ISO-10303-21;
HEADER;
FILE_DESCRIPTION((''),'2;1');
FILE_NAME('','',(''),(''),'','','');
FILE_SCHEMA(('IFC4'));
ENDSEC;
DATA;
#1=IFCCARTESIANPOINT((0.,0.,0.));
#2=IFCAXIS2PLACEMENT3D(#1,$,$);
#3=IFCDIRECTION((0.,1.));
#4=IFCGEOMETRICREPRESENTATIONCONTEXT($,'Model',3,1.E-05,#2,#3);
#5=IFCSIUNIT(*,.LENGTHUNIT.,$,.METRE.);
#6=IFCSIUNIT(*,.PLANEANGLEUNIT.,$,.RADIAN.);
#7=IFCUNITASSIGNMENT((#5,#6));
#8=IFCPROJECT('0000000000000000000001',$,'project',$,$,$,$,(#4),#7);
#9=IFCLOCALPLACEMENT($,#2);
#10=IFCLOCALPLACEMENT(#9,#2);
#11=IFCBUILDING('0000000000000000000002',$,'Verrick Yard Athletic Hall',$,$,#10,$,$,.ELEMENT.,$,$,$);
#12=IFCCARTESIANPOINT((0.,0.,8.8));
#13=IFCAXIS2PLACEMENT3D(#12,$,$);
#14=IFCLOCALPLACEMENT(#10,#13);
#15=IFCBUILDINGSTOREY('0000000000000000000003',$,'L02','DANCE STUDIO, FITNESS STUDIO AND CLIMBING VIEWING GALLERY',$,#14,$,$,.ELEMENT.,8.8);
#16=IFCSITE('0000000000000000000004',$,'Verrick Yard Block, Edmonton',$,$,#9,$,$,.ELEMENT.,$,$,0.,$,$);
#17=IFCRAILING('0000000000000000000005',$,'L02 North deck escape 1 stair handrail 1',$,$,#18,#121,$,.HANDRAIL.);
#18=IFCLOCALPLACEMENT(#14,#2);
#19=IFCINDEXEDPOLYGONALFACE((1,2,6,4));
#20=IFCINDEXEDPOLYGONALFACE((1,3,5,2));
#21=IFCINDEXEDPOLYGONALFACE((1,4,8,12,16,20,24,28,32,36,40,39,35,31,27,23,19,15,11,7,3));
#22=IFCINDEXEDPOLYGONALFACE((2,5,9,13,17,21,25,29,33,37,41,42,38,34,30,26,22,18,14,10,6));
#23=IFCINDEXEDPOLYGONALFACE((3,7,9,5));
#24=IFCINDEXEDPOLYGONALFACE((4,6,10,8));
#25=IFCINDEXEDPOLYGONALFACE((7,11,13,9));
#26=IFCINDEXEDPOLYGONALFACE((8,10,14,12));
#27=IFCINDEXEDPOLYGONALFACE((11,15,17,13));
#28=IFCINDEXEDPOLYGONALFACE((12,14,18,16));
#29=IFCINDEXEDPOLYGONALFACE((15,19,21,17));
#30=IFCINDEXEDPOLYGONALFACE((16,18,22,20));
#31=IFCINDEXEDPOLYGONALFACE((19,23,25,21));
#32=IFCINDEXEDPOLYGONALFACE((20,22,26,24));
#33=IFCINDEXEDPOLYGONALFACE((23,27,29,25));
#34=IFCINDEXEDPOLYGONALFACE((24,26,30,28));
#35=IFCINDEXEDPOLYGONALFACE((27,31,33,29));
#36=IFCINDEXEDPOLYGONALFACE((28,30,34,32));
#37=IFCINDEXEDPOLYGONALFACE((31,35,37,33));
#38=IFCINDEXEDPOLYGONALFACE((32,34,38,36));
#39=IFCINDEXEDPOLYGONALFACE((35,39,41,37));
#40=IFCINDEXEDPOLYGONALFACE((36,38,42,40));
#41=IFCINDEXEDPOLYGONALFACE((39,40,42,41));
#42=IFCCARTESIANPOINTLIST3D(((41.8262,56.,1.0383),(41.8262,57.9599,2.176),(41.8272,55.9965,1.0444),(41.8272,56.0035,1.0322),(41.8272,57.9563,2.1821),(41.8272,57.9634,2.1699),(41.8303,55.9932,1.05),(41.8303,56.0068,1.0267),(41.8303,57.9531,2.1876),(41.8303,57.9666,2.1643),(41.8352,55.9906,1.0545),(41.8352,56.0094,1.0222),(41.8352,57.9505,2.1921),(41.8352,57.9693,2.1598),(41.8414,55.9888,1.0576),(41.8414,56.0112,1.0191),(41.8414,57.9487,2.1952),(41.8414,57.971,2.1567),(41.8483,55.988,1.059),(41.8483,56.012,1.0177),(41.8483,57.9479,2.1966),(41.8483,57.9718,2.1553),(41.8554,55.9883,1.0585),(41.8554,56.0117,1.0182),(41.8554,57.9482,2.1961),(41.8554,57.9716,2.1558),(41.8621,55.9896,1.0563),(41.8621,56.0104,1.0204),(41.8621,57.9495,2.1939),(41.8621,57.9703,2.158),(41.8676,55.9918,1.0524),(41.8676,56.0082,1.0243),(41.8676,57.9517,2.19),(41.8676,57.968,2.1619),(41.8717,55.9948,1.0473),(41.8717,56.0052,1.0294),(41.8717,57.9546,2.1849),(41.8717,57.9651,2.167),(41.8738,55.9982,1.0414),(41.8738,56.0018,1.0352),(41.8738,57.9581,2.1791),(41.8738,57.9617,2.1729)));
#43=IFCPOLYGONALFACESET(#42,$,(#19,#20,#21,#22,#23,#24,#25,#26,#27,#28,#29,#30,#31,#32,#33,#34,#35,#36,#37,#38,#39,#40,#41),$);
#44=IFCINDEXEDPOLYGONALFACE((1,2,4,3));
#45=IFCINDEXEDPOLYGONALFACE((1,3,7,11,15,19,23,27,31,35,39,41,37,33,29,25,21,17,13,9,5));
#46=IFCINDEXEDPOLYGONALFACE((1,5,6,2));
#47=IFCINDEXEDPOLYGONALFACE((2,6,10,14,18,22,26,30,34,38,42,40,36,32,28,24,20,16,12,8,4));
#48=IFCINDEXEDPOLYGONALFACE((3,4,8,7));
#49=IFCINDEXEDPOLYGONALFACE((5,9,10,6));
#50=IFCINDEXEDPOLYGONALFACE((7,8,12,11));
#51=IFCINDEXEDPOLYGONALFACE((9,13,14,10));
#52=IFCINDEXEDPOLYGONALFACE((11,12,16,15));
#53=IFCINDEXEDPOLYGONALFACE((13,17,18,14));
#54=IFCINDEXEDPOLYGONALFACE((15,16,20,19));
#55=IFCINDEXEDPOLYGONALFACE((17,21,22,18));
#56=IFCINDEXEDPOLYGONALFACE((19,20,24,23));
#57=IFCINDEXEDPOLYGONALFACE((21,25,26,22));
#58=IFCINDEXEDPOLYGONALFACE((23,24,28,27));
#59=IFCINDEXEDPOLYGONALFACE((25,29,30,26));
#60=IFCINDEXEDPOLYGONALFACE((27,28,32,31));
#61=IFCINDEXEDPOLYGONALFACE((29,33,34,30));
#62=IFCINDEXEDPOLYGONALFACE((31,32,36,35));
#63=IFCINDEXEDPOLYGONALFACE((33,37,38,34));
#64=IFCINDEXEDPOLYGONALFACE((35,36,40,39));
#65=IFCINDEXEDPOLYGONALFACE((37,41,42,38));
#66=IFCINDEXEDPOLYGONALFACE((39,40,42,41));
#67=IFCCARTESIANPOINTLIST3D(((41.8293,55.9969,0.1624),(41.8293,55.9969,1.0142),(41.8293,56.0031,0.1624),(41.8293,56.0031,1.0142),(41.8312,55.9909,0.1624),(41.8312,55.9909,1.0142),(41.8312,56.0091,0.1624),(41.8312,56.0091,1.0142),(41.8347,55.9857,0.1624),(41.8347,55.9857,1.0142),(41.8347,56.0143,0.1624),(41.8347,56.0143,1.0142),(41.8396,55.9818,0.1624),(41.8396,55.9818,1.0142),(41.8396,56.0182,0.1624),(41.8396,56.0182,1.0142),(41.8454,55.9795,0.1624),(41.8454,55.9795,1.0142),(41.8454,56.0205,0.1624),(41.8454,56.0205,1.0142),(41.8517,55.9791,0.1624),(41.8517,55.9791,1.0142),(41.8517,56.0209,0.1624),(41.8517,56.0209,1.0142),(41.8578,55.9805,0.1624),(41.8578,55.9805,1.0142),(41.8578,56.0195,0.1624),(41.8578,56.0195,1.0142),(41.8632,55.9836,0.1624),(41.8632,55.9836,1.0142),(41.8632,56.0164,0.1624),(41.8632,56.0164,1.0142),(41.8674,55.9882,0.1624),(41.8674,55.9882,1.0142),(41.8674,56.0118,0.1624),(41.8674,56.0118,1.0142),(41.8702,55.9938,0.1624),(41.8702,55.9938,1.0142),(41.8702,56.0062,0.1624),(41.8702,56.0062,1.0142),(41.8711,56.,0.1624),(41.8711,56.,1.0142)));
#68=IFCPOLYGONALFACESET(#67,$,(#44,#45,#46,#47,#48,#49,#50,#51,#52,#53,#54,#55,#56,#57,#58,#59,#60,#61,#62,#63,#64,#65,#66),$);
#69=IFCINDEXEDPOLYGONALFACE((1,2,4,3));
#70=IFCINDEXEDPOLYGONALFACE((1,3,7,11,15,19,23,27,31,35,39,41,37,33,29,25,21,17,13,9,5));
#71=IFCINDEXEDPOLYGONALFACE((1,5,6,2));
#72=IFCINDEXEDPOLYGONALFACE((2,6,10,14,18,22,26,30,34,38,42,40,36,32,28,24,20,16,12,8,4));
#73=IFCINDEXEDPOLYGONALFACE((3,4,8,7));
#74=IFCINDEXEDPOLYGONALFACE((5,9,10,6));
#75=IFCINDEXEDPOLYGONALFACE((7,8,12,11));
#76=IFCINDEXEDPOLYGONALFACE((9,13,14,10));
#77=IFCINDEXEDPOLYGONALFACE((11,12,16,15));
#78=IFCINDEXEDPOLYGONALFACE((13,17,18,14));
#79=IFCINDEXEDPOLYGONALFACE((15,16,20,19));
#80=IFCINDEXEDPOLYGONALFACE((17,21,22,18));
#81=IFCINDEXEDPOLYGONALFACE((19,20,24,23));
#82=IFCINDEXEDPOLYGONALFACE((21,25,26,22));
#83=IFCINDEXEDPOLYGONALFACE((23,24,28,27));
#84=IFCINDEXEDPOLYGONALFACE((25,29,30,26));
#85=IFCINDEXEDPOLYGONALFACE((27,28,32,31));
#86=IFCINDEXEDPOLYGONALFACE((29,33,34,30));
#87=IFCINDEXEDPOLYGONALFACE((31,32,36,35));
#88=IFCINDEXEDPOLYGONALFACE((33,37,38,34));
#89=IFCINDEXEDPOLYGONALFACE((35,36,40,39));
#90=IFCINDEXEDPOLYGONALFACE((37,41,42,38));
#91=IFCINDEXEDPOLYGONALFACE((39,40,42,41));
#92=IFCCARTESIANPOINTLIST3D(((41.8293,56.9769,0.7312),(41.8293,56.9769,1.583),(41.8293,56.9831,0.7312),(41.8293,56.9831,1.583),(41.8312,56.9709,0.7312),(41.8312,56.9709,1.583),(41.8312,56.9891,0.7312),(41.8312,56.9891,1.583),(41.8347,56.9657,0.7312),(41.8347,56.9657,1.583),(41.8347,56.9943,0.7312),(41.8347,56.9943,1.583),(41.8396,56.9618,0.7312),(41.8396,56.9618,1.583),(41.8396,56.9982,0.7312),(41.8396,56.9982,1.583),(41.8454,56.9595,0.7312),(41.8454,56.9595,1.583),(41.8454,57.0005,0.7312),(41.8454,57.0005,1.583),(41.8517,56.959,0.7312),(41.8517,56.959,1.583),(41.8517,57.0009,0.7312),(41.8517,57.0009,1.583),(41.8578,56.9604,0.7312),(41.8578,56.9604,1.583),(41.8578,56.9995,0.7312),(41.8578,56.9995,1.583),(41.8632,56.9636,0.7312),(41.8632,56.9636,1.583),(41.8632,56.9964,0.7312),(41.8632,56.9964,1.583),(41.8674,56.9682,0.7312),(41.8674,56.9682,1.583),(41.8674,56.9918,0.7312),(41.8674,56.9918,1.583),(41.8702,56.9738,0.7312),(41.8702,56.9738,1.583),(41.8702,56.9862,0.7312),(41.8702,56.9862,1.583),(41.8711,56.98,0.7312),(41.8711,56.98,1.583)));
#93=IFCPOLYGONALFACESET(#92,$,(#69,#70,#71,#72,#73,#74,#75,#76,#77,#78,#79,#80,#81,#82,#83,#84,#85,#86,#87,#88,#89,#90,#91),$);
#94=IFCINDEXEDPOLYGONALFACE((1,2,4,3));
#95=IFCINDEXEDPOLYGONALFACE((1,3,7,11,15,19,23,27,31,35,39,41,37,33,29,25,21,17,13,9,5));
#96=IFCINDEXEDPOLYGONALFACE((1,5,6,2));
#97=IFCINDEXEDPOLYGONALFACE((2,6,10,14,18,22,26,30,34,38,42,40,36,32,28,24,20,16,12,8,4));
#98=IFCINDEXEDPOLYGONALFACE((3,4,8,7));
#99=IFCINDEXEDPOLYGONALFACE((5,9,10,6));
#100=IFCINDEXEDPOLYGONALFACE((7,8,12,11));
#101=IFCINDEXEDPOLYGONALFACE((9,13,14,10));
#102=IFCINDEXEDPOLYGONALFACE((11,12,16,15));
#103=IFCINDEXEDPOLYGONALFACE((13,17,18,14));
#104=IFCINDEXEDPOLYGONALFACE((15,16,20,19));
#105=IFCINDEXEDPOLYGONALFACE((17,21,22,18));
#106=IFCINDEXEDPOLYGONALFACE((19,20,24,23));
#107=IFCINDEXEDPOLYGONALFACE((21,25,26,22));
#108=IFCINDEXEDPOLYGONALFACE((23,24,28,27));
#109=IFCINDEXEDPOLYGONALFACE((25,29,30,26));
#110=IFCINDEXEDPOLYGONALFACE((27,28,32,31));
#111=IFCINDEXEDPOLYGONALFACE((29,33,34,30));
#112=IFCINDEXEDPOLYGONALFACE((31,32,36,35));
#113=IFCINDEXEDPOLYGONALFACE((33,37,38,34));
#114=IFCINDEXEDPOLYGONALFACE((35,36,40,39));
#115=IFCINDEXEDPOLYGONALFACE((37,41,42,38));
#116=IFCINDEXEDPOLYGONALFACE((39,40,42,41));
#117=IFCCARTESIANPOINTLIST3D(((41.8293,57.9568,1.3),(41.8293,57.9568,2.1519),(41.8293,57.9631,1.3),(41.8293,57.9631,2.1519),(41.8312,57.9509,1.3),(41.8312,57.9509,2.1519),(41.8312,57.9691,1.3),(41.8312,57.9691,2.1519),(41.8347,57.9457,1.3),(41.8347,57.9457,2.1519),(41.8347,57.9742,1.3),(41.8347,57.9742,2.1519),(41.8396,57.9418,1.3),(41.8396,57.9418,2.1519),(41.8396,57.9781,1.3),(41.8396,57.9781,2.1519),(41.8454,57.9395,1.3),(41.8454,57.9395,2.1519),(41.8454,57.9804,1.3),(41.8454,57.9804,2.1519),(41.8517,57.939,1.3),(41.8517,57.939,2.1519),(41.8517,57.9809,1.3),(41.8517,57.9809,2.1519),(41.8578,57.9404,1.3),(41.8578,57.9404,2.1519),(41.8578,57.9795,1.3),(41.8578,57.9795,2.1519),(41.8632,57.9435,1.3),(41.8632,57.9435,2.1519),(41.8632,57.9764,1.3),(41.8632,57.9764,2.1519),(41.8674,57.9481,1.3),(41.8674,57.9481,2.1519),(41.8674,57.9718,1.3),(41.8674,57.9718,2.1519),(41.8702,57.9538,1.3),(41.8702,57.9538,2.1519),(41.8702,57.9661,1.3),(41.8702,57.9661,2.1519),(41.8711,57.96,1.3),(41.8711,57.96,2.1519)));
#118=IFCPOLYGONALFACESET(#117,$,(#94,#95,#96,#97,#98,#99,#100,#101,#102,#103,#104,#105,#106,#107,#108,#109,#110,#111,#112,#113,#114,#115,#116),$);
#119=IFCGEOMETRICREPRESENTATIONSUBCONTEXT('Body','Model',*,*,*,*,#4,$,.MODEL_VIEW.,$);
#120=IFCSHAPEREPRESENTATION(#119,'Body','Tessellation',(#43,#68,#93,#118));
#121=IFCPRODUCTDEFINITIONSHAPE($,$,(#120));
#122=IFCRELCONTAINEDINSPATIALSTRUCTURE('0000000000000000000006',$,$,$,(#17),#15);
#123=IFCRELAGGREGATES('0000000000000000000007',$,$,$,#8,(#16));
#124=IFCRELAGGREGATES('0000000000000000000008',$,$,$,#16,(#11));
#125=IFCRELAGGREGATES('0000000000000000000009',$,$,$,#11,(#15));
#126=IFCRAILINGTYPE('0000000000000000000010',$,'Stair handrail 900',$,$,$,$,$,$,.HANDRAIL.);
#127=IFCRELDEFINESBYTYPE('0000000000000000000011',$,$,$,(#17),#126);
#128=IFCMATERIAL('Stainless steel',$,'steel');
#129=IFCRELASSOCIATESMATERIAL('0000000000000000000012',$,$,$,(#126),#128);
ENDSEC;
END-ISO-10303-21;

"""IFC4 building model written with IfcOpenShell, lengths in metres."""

from ifc_helpers import new_model, si_unit, direction, frame, origin, origin_2d, place, context, subcontext, project, spatial, circle, extrude, material, type_object, element, save


model = new_model("IFC4")

# Units and contexts
model_context = context("Model", 3, precision=1e-05, world=origin(), true_north=direction((0.0, 1.0)))
body_context = subcontext(model_context, "Body", "Model", "MODEL_VIEW")
ifc_project = project(units=[si_unit("LENGTHUNIT", "METRE"), si_unit("PLANEANGLEUNIT", "RADIAN")], contexts=[model_context])

# Site, building, storey
site_placement = place(None, origin())
site = spatial("IfcSite", under=ifc_project, at=site_placement, Name="Verrick Yard Block, Edmonton", CompositionType="ELEMENT", RefElevation=0.0)
building_placement = place(site_placement, origin())
building = spatial("IfcBuilding", under=site, at=building_placement, Name="Verrick Yard Athletic Hall", CompositionType="ELEMENT")
storey_placement = place(building_placement, frame((0.0, 0.0, 8.8)))
storey = spatial("IfcBuildingStorey", under=building, at=storey_placement, Name="L02", Description="DANCE STUDIO, FITNESS STUDIO AND CLIMBING VIEWING GALLERY", CompositionType="ELEMENT", Elevation=8.8)

# Railing
ifc_material_1 = material(Name="Stainless steel", Category="steel")
railing_type_1 = type_object("IfcRailingType", Name="Stair handrail 900", PredefinedType="HANDRAIL", material=ifc_material_1)
railing_1_placement = place(storey_placement, frame((41.8501, 56.0, 0.1624)))
element("IfcRailing", 1, at=railing_1_placement, inside=storey, type_object=railing_type_1, Name="L02 North deck escape 1 stair handrail 1", PredefinedType="HANDRAIL", context=body_context, shape_type="SweptSolid", body=[
    extrude(circle(Radius=0.0239, at=origin_2d()), frame((0.0, 0.0, 0.876), z_axis=(0.0, 0.864855, 0.502021), x_axis=(-1.0, 0.0, 0.0)), (0.0, 0.0, 1.0), 2.2661),
    extrude(circle(Radius=0.021, at=origin_2d()), origin(), (0.0, 0.0, 1.0), 0.8518),
    extrude(circle(Radius=0.021, at=origin_2d()), frame((0.0, 0.98, 0.5688)), (0.0, 0.0, 1.0), 0.8518),
    extrude(circle(Radius=0.021, at=origin_2d()), frame((0.0, 1.96, 1.1377)), (0.0, 0.0, 1.0), 0.8518),
])

save(model, "model.ifc")
